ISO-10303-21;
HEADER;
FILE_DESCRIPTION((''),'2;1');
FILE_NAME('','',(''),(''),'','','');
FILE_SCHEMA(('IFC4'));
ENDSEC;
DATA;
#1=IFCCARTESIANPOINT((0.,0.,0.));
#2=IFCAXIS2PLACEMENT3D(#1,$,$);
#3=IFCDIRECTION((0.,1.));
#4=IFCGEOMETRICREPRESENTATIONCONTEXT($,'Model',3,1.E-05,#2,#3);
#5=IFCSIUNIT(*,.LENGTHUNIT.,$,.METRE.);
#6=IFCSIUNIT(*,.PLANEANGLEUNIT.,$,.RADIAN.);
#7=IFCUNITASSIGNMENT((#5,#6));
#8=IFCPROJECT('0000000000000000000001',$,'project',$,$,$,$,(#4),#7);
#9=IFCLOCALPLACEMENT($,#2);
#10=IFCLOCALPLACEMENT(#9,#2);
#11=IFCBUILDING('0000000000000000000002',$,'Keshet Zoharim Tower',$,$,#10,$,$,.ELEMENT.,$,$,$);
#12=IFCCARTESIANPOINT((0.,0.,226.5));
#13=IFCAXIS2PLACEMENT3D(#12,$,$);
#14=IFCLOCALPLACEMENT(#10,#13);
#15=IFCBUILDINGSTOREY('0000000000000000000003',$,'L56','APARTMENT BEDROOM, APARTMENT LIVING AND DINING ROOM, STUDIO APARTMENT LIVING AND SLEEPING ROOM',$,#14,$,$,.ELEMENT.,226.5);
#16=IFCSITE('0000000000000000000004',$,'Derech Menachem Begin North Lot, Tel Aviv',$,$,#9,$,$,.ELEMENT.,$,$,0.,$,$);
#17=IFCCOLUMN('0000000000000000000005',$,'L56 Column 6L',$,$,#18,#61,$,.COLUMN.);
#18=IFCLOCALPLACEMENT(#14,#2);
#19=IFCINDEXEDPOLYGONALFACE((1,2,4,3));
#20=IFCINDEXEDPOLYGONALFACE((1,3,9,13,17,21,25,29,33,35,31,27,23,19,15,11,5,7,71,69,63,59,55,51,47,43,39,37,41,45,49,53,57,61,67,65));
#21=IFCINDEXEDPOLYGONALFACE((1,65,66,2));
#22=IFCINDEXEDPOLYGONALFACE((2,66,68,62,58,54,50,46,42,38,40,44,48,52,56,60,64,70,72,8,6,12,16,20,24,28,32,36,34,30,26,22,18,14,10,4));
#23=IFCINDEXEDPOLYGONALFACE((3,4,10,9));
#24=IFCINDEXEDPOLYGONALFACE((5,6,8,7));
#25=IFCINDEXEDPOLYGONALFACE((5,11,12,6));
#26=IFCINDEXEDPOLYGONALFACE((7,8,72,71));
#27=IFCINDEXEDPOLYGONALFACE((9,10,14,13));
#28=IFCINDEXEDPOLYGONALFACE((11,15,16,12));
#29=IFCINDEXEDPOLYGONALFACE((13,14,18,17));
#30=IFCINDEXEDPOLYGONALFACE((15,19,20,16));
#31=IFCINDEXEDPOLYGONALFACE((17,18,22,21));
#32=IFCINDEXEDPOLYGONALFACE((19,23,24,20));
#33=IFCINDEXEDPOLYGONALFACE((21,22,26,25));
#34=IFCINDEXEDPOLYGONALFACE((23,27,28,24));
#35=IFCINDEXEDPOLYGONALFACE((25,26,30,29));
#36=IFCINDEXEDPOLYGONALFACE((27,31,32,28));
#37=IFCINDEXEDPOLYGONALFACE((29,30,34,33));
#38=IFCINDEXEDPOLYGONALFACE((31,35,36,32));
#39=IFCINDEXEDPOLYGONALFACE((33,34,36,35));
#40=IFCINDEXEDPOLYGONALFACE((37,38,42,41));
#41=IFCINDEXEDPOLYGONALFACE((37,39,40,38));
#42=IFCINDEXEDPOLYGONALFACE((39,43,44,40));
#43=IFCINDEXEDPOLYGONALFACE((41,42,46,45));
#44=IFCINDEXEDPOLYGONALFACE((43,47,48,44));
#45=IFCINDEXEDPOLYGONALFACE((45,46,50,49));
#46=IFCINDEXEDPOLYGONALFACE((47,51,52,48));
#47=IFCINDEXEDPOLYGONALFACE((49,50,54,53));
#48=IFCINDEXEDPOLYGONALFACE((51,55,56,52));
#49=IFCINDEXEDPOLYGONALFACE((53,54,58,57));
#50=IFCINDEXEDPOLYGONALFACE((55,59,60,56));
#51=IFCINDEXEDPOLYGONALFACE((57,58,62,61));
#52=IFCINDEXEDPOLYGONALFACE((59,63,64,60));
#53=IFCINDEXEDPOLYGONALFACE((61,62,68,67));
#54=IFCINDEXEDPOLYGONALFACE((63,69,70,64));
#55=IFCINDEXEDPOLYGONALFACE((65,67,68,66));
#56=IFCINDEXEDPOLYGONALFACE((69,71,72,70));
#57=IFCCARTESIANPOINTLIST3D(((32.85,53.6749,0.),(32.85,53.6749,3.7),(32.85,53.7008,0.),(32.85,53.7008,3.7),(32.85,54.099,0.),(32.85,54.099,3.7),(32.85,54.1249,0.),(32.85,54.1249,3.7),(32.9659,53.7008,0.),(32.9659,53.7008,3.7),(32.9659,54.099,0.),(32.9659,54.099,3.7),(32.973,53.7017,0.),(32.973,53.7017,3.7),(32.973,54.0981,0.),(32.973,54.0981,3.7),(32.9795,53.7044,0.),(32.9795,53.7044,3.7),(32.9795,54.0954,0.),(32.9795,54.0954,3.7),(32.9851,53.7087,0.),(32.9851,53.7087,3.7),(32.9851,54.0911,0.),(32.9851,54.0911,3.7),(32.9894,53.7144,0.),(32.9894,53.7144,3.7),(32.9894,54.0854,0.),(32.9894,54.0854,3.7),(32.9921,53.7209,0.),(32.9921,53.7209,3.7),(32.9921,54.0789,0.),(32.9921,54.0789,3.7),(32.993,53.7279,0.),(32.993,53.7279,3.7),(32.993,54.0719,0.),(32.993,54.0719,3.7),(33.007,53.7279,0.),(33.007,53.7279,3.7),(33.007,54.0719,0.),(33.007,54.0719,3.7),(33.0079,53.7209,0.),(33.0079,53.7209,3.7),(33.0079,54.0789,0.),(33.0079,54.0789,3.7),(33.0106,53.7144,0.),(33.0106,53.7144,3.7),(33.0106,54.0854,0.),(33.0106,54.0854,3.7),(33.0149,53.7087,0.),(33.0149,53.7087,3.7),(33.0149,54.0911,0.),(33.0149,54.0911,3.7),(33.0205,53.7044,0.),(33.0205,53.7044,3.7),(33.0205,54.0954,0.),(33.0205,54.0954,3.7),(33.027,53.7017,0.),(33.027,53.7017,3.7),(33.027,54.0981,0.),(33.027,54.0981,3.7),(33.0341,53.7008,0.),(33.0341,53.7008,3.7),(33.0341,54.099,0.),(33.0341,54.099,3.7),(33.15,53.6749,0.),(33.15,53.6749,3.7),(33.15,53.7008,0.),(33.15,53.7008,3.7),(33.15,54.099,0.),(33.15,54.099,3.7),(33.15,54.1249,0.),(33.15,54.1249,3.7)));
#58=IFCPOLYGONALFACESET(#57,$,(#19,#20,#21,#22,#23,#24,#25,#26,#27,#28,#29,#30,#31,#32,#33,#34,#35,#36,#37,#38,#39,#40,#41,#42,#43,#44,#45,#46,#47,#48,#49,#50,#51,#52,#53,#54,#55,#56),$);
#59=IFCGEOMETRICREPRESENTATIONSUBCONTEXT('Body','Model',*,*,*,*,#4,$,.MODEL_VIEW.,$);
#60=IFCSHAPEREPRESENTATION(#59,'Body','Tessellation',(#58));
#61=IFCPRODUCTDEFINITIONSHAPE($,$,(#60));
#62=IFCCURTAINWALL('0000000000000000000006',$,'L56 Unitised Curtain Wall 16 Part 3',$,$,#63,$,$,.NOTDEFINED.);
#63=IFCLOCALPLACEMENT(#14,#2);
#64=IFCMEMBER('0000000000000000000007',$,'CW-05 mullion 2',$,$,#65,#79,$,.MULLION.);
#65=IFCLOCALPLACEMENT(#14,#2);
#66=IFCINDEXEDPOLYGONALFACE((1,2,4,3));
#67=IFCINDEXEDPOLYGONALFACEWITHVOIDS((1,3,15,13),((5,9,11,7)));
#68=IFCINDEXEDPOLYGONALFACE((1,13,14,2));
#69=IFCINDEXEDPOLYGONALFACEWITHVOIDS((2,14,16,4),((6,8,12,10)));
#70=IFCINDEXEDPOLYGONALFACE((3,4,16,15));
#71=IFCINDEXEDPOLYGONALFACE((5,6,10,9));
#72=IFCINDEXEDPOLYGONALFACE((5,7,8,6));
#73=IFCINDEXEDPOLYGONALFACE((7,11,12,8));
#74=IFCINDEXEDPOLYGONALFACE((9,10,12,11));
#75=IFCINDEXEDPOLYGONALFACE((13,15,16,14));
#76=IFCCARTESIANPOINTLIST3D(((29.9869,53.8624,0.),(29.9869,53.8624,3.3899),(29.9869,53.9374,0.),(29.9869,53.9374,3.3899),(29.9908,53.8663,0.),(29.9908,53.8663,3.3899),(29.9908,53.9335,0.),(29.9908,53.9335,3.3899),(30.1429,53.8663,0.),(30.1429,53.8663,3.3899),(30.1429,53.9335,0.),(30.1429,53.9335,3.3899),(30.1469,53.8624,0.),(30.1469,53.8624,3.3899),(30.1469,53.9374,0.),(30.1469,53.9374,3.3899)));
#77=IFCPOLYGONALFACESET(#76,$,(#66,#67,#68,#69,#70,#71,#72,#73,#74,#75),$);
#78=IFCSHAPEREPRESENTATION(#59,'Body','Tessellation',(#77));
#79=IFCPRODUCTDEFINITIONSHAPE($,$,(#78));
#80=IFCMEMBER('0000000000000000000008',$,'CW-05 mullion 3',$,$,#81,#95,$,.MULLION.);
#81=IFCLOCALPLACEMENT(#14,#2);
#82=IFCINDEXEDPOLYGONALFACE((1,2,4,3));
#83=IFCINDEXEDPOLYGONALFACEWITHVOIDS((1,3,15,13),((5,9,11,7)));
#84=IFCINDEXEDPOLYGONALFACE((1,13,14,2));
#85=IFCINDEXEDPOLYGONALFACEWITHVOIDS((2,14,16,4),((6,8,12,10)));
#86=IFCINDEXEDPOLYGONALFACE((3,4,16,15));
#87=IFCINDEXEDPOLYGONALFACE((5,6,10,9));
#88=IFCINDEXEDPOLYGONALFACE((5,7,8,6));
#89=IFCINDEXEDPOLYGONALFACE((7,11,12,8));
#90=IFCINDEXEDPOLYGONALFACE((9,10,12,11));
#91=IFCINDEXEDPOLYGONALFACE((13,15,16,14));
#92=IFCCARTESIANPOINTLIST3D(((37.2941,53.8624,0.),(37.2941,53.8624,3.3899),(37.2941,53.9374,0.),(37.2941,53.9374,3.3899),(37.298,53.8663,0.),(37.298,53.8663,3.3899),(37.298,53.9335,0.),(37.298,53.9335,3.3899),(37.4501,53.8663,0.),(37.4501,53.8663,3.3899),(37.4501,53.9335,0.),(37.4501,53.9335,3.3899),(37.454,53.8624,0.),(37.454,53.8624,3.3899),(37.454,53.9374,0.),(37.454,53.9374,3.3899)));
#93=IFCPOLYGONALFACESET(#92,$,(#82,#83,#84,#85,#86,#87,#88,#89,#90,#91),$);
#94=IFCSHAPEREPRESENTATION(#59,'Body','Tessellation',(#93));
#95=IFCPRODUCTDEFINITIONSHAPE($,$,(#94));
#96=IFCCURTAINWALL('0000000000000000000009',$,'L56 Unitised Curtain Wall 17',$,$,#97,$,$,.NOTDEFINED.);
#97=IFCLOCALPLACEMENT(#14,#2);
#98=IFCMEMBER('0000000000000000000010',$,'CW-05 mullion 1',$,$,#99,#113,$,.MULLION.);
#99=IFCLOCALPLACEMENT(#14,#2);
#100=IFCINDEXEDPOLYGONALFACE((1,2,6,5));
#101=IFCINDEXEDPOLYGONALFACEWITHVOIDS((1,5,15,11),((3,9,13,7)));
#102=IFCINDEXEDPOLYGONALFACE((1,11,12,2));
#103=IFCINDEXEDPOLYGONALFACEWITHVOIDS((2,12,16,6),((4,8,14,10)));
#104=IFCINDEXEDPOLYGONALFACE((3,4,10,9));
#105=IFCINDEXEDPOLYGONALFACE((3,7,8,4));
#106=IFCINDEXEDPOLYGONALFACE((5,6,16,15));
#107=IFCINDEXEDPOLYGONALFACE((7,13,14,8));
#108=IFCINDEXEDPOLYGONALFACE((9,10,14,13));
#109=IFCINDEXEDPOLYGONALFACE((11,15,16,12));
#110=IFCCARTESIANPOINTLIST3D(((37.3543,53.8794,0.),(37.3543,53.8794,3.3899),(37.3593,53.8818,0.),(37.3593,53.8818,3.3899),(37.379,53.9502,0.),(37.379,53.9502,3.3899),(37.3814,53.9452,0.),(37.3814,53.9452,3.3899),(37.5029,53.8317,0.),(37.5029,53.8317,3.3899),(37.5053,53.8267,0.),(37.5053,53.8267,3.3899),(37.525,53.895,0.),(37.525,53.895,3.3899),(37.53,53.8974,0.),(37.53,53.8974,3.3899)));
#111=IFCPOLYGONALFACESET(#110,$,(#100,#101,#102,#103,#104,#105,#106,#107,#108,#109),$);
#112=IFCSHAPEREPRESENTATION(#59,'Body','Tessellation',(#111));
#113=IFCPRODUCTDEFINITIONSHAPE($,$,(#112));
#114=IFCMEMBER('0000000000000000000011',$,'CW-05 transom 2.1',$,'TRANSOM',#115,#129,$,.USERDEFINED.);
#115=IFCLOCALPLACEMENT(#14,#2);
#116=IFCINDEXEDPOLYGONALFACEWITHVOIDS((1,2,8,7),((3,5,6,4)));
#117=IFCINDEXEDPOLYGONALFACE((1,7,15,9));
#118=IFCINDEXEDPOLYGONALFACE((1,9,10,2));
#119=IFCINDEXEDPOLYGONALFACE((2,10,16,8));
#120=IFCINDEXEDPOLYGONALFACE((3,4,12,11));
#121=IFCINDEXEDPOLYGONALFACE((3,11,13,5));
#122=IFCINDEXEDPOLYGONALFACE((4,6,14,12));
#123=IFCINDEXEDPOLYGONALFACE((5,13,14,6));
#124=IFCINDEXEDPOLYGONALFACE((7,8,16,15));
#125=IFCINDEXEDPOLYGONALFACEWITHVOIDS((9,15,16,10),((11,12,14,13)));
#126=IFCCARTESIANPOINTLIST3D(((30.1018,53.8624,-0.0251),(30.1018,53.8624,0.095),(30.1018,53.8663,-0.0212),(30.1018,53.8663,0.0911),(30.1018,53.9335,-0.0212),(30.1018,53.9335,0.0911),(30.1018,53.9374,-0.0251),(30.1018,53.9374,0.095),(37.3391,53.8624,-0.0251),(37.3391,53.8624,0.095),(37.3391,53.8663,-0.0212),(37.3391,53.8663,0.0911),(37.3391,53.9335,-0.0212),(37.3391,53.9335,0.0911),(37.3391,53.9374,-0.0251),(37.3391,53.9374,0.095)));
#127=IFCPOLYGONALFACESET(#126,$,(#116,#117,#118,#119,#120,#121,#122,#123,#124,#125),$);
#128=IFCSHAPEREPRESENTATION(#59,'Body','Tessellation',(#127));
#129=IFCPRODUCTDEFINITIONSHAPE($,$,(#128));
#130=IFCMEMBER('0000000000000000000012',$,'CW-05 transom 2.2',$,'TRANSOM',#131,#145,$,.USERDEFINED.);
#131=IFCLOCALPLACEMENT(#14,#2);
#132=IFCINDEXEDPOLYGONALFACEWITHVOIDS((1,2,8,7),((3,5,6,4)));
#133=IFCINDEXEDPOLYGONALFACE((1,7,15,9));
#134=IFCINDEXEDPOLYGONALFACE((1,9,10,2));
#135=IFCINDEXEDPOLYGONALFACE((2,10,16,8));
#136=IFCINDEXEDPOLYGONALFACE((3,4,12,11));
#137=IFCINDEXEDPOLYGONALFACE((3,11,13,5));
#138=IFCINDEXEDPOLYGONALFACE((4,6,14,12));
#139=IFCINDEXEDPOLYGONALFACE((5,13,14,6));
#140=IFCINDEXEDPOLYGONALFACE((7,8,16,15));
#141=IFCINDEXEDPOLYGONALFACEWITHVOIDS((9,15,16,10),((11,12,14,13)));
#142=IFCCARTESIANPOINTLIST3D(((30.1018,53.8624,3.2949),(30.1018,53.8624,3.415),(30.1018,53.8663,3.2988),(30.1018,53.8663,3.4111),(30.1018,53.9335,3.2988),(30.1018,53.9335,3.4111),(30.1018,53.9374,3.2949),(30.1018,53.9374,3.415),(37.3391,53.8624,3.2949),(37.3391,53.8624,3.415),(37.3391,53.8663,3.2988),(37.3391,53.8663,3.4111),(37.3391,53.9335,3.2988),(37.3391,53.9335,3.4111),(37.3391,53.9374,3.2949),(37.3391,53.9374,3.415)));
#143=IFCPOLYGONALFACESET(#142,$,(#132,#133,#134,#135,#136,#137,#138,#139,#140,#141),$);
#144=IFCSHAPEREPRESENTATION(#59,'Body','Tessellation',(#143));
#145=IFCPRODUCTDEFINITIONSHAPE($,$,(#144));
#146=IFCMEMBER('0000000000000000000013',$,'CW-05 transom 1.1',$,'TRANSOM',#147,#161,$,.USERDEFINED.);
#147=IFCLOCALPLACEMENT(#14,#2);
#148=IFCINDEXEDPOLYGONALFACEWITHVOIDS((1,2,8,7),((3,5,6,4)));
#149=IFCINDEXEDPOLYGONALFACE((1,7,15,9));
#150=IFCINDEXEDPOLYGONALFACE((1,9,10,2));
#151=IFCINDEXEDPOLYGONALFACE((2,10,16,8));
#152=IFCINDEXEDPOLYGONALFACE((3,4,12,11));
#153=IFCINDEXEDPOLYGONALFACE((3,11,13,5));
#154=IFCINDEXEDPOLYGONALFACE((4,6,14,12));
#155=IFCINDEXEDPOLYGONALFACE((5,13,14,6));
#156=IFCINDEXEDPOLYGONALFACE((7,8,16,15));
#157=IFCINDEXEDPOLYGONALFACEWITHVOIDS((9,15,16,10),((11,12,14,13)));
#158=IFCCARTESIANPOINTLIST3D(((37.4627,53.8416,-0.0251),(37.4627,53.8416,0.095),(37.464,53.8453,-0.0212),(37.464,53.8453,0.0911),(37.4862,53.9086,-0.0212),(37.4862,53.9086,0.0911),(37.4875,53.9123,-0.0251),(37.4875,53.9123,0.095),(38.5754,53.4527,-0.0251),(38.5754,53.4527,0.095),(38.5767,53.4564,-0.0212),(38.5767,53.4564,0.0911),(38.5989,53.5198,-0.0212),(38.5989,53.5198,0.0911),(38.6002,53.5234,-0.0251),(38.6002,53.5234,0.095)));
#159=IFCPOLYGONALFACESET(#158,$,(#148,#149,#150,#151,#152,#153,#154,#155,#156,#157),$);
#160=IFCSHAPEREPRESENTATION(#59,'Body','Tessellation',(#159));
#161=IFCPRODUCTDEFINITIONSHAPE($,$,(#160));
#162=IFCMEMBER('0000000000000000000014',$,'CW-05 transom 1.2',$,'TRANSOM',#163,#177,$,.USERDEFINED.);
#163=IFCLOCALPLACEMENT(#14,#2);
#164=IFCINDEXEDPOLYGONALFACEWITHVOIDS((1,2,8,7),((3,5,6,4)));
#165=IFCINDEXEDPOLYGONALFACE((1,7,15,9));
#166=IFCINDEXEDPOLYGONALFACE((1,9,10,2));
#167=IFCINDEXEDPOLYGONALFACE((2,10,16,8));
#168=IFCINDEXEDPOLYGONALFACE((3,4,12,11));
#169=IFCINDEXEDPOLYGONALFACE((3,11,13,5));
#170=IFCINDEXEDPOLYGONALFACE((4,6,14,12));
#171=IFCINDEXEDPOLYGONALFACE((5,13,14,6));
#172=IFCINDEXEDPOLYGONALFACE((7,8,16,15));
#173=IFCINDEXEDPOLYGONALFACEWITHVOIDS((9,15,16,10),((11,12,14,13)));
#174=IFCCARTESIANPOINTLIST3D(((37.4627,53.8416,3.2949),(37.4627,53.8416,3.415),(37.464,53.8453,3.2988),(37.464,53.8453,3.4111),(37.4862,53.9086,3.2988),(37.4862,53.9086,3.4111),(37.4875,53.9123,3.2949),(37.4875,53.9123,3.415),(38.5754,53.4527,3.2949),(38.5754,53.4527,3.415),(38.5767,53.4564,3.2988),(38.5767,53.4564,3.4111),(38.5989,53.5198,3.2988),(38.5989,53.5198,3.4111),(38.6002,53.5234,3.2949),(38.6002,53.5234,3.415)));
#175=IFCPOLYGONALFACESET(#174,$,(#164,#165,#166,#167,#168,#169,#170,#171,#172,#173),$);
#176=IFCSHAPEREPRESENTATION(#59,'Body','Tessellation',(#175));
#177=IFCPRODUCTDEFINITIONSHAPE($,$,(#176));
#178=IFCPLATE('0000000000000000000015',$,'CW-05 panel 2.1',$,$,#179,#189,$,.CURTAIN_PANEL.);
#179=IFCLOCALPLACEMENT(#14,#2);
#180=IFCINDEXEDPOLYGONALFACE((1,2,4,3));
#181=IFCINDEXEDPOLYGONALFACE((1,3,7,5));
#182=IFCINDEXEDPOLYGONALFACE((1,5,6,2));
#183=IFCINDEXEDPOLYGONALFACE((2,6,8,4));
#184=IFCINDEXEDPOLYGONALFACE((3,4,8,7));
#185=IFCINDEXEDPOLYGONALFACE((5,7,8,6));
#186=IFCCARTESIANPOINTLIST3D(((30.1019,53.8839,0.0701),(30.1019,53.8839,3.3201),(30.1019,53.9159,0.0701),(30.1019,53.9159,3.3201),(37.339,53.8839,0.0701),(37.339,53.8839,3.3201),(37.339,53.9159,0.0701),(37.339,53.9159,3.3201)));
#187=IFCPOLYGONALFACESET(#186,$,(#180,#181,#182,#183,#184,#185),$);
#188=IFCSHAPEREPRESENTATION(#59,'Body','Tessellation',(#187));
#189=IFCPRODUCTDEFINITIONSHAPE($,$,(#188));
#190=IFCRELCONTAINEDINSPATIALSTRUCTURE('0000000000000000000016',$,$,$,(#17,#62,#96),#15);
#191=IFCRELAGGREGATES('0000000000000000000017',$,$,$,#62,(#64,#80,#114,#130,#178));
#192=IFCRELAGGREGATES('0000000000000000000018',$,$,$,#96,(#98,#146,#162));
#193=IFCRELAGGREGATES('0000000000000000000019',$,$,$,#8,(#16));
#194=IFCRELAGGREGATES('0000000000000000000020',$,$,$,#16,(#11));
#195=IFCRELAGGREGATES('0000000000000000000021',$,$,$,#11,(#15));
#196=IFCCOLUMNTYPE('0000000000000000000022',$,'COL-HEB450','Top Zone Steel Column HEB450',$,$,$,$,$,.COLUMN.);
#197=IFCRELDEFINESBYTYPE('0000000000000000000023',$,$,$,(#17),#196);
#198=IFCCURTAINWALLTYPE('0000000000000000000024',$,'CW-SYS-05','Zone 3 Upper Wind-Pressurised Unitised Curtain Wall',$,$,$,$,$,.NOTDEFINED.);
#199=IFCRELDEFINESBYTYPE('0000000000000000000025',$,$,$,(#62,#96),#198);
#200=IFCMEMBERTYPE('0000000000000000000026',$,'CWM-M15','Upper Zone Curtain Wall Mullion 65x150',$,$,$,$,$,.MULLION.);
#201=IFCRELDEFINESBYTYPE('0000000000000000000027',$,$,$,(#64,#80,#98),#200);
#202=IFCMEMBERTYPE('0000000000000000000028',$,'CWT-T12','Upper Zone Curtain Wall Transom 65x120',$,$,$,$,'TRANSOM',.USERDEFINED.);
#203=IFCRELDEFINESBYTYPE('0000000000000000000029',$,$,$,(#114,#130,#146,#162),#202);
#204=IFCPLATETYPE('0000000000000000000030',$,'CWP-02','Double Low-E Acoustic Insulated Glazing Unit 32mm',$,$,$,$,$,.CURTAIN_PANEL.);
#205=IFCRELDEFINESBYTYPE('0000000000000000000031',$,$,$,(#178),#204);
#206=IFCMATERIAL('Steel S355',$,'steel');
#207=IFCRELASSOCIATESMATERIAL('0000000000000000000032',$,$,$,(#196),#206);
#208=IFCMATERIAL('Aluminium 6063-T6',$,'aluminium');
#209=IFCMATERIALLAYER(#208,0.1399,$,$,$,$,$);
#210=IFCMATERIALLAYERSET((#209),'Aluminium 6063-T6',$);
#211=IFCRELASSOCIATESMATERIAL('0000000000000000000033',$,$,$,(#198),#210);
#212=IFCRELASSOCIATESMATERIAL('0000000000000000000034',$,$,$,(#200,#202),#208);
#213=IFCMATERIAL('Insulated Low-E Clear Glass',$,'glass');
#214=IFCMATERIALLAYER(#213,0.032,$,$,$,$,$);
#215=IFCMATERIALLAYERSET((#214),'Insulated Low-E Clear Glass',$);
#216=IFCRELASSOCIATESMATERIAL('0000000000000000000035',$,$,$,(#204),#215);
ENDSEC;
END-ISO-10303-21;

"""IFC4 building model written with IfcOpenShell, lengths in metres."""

from ifc_helpers import new_model, si_unit, direction, frame, origin, origin_2d, place, context, subcontext, project, spatial, rectangle, hollow_rectangle, i_section, extrude, material, layer, layer_set, material_profile, profile_set, type_object, element, aggregate, save


model = new_model("IFC4")

# Units and contexts
model_context = context("Model", 3, precision=1e-05, world=origin(), true_north=direction((0.0, 1.0)))
body_context = subcontext(model_context, "Body", "Model", "MODEL_VIEW")
ifc_project = project(units=[si_unit("LENGTHUNIT", "METRE"), si_unit("PLANEANGLEUNIT", "RADIAN")], contexts=[model_context])

# Site, building, storey
site_placement = place(None, origin())
site = spatial("IfcSite", under=ifc_project, at=site_placement, Name="Derech Menachem Begin North Lot, Tel Aviv", CompositionType="ELEMENT", RefElevation=0.0)
building_placement = place(site_placement, origin())
building = spatial("IfcBuilding", under=site, at=building_placement, Name="Keshet Zoharim Tower", CompositionType="ELEMENT")
storey_placement = place(building_placement, frame((0.0, 0.0, 226.5)))
storey = spatial("IfcBuildingStorey", under=building, at=storey_placement, Name="L56", Description="APARTMENT BEDROOM, APARTMENT LIVING AND DINING ROOM, STUDIO APARTMENT LIVING AND SLEEPING ROOM", CompositionType="ELEMENT", Elevation=226.5)

# Column
ifc_material_1 = material(Name="Steel S355", Category="steel")
ifc_material_profile_1 = material_profile(ifc_material_1, i_section(OverallWidth=0.3, OverallDepth=0.45, WebThickness=0.0139, FlangeThickness=0.0259, FilletRadius=0.0271, at=origin_2d()), Name="HEB450")
ifc_profile_set_1 = profile_set([ifc_material_profile_1], Name="Steel S355")
column_type = type_object("IfcColumnType", Name="COL-HEB450", Description="Top Zone Steel Column HEB450", PredefinedType="COLUMN", material=ifc_profile_set_1)
column_placement = place(storey_placement, frame((33.0, 53.8999, 0.0), z_axis=(0.0, 0.0, 1.0), x_axis=(1.0, 0.0, 0.0)))
element("IfcColumn", 1, at=column_placement, inside=storey, type_object=column_type, Name="L56 Column 6L", PredefinedType="COLUMN", context=body_context, shape_type="SweptSolid", body=[
    extrude(i_section(OverallWidth=0.3, OverallDepth=0.45, WebThickness=0.0139, FlangeThickness=0.0259, FilletRadius=0.0271, at=origin_2d()), origin(), (0.0, 0.0, 1.0), 3.7),
])

# Curtain wall, members
ifc_material_2 = material(Name="Aluminium 6063-T6", Category="aluminium")
ifc_layer_1 = layer(ifc_material_2, 0.1399)
ifc_layer_set_1 = layer_set([ifc_layer_1], Name="Aluminium 6063-T6")
curtain_wall_type = type_object("IfcCurtainWallType", Name="CW-SYS-05", Description="Zone 3 Upper Wind-Pressurised Unitised Curtain Wall", PredefinedType="NOTDEFINED", material=ifc_layer_set_1)
curtain_wall_1_placement = place(storey_placement, origin())
curtain_wall_1 = element("IfcCurtainWall", 2, at=curtain_wall_1_placement, inside=storey, type_object=curtain_wall_type, Name="L56 Unitised Curtain Wall 16 Part 3", PredefinedType="NOTDEFINED")
ifc_material_profile_2 = material_profile(ifc_material_2, hollow_rectangle(XDim=0.075, YDim=0.1599, WallThickness=0.0039, at=origin_2d()), Name="MUL-75x160")
ifc_profile_set_2 = profile_set([ifc_material_profile_2], Name="Aluminium 6063-T6")
member_type_1 = type_object("IfcMemberType", Name="CWM-M15", Description="Upper Zone Curtain Wall Mullion 65x150", PredefinedType="MULLION", material=ifc_profile_set_2)
member_1_placement = place(storey_placement, frame((30.0669, 53.8999, 0.0), z_axis=(0.0, 0.0, 1.0), x_axis=(0.0, 1.0, 0.0)))
member_1 = element("IfcMember", 3, at=member_1_placement, type_object=member_type_1, Name="CW-05 mullion 2", PredefinedType="MULLION", context=body_context, shape_type="SweptSolid", body=[
    extrude(hollow_rectangle(XDim=0.075, YDim=0.1599, WallThickness=0.0039, at=origin_2d()), origin(), (0.0, 0.0, 1.0), 3.3899),
])
member_2_placement = place(storey_placement, frame((37.374, 53.8999, 0.0), z_axis=(0.0, 0.0, 1.0), x_axis=(0.0, 1.0, 0.0)))
member_2 = element("IfcMember", 4, at=member_2_placement, type_object=member_type_1, Name="CW-05 mullion 3", PredefinedType="MULLION", context=body_context, shape_type="SweptSolid", body=[
    extrude(hollow_rectangle(XDim=0.075, YDim=0.1599, WallThickness=0.0039, at=origin_2d()), origin(), (0.0, 0.0, 1.0), 3.3899),
])

# Curtain wall, member
curtain_wall_2_placement = place(storey_placement, origin())
curtain_wall_2 = element("IfcCurtainWall", 5, at=curtain_wall_2_placement, inside=storey, type_object=curtain_wall_type, Name="L56 Unitised Curtain Wall 17", PredefinedType="NOTDEFINED")
member_3_placement = place(storey_placement, frame((37.4421, 53.8884, 0.0), z_axis=(0.0, 0.0, 1.0), x_axis=(0.329844, 0.944036, 0.0)))
member_3 = element("IfcMember", 6, at=member_3_placement, type_object=member_type_1, Name="CW-05 mullion 1", PredefinedType="MULLION", context=body_context, shape_type="SweptSolid", body=[
    extrude(hollow_rectangle(XDim=0.075, YDim=0.1599, WallThickness=0.0039, at=origin_2d()), origin(), (0.0, 0.0, 1.0), 3.3899),
])

# Members
ifc_material_profile_3 = material_profile(ifc_material_2, hollow_rectangle(XDim=0.075, YDim=0.1201, WallThickness=0.0039, at=origin_2d()), Name="TRN-75x120")
ifc_profile_set_3 = profile_set([ifc_material_profile_3], Name="Aluminium 6063-T6")
member_type_2 = type_object("IfcMemberType", Name="CWT-T12", Description="Upper Zone Curtain Wall Transom 65x120", ElementType="TRANSOM", PredefinedType="USERDEFINED", material=ifc_profile_set_3)
member_4_placement = place(storey_placement, frame((30.1018, 53.8999, 0.0349), z_axis=(1.0, 0.0, 0.0), x_axis=(0.0, 1.0, 0.0)))
member_4 = element("IfcMember", 7, at=member_4_placement, type_object=member_type_2, Name="CW-05 transom 2.1", ObjectType="TRANSOM", PredefinedType="USERDEFINED", context=body_context, shape_type="SweptSolid", body=[
    extrude(hollow_rectangle(XDim=0.075, YDim=0.1201, WallThickness=0.0039, at=origin_2d()), origin(), (0.0, 0.0, 1.0), 7.2373),
])
member_5_placement = place(storey_placement, frame((30.1018, 53.8999, 3.355), z_axis=(1.0, 0.0, 0.0), x_axis=(0.0, 1.0, 0.0)))
member_5 = element("IfcMember", 8, at=member_5_placement, type_object=member_type_2, Name="CW-05 transom 2.2", ObjectType="TRANSOM", PredefinedType="USERDEFINED", context=body_context, shape_type="SweptSolid", body=[
    extrude(hollow_rectangle(XDim=0.075, YDim=0.1201, WallThickness=0.0039, at=origin_2d()), origin(), (0.0, 0.0, 1.0), 7.2373),
])
member_6_placement = place(storey_placement, frame((37.4751, 53.877, 0.0349), z_axis=(0.944007, -0.329926, 0.0), x_axis=(0.329926, 0.944007, 0.0)))
member_6 = element("IfcMember", 9, at=member_6_placement, type_object=member_type_2, Name="CW-05 transom 1.1", ObjectType="TRANSOM", PredefinedType="USERDEFINED", context=body_context, shape_type="SweptSolid", body=[
    extrude(hollow_rectangle(XDim=0.075, YDim=0.1201, WallThickness=0.0039, at=origin_2d()), origin(), (0.0, 0.0, 1.0), 1.1787),
])
member_7_placement = place(storey_placement, frame((37.4751, 53.877, 3.355), z_axis=(0.944007, -0.329926, 0.0), x_axis=(0.329926, 0.944007, 0.0)))
member_7 = element("IfcMember", 10, at=member_7_placement, type_object=member_type_2, Name="CW-05 transom 1.2", ObjectType="TRANSOM", PredefinedType="USERDEFINED", context=body_context, shape_type="SweptSolid", body=[
    extrude(hollow_rectangle(XDim=0.075, YDim=0.1201, WallThickness=0.0039, at=origin_2d()), origin(), (0.0, 0.0, 1.0), 1.1787),
])

# Plate
ifc_material_3 = material(Name="Insulated Low-E Clear Glass", Category="glass")
ifc_layer_2 = layer(ifc_material_3, 0.032)
ifc_layer_set_2 = layer_set([ifc_layer_2], Name="Insulated Low-E Clear Glass")
plate_type = type_object("IfcPlateType", Name="CWP-02", Description="Double Low-E Acoustic Insulated Glazing Unit 32mm", PredefinedType="CURTAIN_PANEL", material=ifc_layer_set_2)
plate_1_placement = place(storey_placement, frame((33.7205, 53.8999, 0.0701), z_axis=(0.0, 0.0, 1.0), x_axis=(1.0, 0.0, 0.0)))
plate_1 = element("IfcPlate", 11, at=plate_1_placement, type_object=plate_type, Name="CW-05 panel 2.1", PredefinedType="CURTAIN_PANEL", context=body_context, shape_type="SweptSolid", body=[
    extrude(rectangle(XDim=7.2371, YDim=0.032, at=origin_2d()), origin(), (0.0, 0.0, 1.0), 3.25),
])
aggregate(curtain_wall_1, [member_1, member_2, member_4, member_5, plate_1])
aggregate(curtain_wall_2, [member_3, member_6, member_7])

save(model, "model.ifc")
